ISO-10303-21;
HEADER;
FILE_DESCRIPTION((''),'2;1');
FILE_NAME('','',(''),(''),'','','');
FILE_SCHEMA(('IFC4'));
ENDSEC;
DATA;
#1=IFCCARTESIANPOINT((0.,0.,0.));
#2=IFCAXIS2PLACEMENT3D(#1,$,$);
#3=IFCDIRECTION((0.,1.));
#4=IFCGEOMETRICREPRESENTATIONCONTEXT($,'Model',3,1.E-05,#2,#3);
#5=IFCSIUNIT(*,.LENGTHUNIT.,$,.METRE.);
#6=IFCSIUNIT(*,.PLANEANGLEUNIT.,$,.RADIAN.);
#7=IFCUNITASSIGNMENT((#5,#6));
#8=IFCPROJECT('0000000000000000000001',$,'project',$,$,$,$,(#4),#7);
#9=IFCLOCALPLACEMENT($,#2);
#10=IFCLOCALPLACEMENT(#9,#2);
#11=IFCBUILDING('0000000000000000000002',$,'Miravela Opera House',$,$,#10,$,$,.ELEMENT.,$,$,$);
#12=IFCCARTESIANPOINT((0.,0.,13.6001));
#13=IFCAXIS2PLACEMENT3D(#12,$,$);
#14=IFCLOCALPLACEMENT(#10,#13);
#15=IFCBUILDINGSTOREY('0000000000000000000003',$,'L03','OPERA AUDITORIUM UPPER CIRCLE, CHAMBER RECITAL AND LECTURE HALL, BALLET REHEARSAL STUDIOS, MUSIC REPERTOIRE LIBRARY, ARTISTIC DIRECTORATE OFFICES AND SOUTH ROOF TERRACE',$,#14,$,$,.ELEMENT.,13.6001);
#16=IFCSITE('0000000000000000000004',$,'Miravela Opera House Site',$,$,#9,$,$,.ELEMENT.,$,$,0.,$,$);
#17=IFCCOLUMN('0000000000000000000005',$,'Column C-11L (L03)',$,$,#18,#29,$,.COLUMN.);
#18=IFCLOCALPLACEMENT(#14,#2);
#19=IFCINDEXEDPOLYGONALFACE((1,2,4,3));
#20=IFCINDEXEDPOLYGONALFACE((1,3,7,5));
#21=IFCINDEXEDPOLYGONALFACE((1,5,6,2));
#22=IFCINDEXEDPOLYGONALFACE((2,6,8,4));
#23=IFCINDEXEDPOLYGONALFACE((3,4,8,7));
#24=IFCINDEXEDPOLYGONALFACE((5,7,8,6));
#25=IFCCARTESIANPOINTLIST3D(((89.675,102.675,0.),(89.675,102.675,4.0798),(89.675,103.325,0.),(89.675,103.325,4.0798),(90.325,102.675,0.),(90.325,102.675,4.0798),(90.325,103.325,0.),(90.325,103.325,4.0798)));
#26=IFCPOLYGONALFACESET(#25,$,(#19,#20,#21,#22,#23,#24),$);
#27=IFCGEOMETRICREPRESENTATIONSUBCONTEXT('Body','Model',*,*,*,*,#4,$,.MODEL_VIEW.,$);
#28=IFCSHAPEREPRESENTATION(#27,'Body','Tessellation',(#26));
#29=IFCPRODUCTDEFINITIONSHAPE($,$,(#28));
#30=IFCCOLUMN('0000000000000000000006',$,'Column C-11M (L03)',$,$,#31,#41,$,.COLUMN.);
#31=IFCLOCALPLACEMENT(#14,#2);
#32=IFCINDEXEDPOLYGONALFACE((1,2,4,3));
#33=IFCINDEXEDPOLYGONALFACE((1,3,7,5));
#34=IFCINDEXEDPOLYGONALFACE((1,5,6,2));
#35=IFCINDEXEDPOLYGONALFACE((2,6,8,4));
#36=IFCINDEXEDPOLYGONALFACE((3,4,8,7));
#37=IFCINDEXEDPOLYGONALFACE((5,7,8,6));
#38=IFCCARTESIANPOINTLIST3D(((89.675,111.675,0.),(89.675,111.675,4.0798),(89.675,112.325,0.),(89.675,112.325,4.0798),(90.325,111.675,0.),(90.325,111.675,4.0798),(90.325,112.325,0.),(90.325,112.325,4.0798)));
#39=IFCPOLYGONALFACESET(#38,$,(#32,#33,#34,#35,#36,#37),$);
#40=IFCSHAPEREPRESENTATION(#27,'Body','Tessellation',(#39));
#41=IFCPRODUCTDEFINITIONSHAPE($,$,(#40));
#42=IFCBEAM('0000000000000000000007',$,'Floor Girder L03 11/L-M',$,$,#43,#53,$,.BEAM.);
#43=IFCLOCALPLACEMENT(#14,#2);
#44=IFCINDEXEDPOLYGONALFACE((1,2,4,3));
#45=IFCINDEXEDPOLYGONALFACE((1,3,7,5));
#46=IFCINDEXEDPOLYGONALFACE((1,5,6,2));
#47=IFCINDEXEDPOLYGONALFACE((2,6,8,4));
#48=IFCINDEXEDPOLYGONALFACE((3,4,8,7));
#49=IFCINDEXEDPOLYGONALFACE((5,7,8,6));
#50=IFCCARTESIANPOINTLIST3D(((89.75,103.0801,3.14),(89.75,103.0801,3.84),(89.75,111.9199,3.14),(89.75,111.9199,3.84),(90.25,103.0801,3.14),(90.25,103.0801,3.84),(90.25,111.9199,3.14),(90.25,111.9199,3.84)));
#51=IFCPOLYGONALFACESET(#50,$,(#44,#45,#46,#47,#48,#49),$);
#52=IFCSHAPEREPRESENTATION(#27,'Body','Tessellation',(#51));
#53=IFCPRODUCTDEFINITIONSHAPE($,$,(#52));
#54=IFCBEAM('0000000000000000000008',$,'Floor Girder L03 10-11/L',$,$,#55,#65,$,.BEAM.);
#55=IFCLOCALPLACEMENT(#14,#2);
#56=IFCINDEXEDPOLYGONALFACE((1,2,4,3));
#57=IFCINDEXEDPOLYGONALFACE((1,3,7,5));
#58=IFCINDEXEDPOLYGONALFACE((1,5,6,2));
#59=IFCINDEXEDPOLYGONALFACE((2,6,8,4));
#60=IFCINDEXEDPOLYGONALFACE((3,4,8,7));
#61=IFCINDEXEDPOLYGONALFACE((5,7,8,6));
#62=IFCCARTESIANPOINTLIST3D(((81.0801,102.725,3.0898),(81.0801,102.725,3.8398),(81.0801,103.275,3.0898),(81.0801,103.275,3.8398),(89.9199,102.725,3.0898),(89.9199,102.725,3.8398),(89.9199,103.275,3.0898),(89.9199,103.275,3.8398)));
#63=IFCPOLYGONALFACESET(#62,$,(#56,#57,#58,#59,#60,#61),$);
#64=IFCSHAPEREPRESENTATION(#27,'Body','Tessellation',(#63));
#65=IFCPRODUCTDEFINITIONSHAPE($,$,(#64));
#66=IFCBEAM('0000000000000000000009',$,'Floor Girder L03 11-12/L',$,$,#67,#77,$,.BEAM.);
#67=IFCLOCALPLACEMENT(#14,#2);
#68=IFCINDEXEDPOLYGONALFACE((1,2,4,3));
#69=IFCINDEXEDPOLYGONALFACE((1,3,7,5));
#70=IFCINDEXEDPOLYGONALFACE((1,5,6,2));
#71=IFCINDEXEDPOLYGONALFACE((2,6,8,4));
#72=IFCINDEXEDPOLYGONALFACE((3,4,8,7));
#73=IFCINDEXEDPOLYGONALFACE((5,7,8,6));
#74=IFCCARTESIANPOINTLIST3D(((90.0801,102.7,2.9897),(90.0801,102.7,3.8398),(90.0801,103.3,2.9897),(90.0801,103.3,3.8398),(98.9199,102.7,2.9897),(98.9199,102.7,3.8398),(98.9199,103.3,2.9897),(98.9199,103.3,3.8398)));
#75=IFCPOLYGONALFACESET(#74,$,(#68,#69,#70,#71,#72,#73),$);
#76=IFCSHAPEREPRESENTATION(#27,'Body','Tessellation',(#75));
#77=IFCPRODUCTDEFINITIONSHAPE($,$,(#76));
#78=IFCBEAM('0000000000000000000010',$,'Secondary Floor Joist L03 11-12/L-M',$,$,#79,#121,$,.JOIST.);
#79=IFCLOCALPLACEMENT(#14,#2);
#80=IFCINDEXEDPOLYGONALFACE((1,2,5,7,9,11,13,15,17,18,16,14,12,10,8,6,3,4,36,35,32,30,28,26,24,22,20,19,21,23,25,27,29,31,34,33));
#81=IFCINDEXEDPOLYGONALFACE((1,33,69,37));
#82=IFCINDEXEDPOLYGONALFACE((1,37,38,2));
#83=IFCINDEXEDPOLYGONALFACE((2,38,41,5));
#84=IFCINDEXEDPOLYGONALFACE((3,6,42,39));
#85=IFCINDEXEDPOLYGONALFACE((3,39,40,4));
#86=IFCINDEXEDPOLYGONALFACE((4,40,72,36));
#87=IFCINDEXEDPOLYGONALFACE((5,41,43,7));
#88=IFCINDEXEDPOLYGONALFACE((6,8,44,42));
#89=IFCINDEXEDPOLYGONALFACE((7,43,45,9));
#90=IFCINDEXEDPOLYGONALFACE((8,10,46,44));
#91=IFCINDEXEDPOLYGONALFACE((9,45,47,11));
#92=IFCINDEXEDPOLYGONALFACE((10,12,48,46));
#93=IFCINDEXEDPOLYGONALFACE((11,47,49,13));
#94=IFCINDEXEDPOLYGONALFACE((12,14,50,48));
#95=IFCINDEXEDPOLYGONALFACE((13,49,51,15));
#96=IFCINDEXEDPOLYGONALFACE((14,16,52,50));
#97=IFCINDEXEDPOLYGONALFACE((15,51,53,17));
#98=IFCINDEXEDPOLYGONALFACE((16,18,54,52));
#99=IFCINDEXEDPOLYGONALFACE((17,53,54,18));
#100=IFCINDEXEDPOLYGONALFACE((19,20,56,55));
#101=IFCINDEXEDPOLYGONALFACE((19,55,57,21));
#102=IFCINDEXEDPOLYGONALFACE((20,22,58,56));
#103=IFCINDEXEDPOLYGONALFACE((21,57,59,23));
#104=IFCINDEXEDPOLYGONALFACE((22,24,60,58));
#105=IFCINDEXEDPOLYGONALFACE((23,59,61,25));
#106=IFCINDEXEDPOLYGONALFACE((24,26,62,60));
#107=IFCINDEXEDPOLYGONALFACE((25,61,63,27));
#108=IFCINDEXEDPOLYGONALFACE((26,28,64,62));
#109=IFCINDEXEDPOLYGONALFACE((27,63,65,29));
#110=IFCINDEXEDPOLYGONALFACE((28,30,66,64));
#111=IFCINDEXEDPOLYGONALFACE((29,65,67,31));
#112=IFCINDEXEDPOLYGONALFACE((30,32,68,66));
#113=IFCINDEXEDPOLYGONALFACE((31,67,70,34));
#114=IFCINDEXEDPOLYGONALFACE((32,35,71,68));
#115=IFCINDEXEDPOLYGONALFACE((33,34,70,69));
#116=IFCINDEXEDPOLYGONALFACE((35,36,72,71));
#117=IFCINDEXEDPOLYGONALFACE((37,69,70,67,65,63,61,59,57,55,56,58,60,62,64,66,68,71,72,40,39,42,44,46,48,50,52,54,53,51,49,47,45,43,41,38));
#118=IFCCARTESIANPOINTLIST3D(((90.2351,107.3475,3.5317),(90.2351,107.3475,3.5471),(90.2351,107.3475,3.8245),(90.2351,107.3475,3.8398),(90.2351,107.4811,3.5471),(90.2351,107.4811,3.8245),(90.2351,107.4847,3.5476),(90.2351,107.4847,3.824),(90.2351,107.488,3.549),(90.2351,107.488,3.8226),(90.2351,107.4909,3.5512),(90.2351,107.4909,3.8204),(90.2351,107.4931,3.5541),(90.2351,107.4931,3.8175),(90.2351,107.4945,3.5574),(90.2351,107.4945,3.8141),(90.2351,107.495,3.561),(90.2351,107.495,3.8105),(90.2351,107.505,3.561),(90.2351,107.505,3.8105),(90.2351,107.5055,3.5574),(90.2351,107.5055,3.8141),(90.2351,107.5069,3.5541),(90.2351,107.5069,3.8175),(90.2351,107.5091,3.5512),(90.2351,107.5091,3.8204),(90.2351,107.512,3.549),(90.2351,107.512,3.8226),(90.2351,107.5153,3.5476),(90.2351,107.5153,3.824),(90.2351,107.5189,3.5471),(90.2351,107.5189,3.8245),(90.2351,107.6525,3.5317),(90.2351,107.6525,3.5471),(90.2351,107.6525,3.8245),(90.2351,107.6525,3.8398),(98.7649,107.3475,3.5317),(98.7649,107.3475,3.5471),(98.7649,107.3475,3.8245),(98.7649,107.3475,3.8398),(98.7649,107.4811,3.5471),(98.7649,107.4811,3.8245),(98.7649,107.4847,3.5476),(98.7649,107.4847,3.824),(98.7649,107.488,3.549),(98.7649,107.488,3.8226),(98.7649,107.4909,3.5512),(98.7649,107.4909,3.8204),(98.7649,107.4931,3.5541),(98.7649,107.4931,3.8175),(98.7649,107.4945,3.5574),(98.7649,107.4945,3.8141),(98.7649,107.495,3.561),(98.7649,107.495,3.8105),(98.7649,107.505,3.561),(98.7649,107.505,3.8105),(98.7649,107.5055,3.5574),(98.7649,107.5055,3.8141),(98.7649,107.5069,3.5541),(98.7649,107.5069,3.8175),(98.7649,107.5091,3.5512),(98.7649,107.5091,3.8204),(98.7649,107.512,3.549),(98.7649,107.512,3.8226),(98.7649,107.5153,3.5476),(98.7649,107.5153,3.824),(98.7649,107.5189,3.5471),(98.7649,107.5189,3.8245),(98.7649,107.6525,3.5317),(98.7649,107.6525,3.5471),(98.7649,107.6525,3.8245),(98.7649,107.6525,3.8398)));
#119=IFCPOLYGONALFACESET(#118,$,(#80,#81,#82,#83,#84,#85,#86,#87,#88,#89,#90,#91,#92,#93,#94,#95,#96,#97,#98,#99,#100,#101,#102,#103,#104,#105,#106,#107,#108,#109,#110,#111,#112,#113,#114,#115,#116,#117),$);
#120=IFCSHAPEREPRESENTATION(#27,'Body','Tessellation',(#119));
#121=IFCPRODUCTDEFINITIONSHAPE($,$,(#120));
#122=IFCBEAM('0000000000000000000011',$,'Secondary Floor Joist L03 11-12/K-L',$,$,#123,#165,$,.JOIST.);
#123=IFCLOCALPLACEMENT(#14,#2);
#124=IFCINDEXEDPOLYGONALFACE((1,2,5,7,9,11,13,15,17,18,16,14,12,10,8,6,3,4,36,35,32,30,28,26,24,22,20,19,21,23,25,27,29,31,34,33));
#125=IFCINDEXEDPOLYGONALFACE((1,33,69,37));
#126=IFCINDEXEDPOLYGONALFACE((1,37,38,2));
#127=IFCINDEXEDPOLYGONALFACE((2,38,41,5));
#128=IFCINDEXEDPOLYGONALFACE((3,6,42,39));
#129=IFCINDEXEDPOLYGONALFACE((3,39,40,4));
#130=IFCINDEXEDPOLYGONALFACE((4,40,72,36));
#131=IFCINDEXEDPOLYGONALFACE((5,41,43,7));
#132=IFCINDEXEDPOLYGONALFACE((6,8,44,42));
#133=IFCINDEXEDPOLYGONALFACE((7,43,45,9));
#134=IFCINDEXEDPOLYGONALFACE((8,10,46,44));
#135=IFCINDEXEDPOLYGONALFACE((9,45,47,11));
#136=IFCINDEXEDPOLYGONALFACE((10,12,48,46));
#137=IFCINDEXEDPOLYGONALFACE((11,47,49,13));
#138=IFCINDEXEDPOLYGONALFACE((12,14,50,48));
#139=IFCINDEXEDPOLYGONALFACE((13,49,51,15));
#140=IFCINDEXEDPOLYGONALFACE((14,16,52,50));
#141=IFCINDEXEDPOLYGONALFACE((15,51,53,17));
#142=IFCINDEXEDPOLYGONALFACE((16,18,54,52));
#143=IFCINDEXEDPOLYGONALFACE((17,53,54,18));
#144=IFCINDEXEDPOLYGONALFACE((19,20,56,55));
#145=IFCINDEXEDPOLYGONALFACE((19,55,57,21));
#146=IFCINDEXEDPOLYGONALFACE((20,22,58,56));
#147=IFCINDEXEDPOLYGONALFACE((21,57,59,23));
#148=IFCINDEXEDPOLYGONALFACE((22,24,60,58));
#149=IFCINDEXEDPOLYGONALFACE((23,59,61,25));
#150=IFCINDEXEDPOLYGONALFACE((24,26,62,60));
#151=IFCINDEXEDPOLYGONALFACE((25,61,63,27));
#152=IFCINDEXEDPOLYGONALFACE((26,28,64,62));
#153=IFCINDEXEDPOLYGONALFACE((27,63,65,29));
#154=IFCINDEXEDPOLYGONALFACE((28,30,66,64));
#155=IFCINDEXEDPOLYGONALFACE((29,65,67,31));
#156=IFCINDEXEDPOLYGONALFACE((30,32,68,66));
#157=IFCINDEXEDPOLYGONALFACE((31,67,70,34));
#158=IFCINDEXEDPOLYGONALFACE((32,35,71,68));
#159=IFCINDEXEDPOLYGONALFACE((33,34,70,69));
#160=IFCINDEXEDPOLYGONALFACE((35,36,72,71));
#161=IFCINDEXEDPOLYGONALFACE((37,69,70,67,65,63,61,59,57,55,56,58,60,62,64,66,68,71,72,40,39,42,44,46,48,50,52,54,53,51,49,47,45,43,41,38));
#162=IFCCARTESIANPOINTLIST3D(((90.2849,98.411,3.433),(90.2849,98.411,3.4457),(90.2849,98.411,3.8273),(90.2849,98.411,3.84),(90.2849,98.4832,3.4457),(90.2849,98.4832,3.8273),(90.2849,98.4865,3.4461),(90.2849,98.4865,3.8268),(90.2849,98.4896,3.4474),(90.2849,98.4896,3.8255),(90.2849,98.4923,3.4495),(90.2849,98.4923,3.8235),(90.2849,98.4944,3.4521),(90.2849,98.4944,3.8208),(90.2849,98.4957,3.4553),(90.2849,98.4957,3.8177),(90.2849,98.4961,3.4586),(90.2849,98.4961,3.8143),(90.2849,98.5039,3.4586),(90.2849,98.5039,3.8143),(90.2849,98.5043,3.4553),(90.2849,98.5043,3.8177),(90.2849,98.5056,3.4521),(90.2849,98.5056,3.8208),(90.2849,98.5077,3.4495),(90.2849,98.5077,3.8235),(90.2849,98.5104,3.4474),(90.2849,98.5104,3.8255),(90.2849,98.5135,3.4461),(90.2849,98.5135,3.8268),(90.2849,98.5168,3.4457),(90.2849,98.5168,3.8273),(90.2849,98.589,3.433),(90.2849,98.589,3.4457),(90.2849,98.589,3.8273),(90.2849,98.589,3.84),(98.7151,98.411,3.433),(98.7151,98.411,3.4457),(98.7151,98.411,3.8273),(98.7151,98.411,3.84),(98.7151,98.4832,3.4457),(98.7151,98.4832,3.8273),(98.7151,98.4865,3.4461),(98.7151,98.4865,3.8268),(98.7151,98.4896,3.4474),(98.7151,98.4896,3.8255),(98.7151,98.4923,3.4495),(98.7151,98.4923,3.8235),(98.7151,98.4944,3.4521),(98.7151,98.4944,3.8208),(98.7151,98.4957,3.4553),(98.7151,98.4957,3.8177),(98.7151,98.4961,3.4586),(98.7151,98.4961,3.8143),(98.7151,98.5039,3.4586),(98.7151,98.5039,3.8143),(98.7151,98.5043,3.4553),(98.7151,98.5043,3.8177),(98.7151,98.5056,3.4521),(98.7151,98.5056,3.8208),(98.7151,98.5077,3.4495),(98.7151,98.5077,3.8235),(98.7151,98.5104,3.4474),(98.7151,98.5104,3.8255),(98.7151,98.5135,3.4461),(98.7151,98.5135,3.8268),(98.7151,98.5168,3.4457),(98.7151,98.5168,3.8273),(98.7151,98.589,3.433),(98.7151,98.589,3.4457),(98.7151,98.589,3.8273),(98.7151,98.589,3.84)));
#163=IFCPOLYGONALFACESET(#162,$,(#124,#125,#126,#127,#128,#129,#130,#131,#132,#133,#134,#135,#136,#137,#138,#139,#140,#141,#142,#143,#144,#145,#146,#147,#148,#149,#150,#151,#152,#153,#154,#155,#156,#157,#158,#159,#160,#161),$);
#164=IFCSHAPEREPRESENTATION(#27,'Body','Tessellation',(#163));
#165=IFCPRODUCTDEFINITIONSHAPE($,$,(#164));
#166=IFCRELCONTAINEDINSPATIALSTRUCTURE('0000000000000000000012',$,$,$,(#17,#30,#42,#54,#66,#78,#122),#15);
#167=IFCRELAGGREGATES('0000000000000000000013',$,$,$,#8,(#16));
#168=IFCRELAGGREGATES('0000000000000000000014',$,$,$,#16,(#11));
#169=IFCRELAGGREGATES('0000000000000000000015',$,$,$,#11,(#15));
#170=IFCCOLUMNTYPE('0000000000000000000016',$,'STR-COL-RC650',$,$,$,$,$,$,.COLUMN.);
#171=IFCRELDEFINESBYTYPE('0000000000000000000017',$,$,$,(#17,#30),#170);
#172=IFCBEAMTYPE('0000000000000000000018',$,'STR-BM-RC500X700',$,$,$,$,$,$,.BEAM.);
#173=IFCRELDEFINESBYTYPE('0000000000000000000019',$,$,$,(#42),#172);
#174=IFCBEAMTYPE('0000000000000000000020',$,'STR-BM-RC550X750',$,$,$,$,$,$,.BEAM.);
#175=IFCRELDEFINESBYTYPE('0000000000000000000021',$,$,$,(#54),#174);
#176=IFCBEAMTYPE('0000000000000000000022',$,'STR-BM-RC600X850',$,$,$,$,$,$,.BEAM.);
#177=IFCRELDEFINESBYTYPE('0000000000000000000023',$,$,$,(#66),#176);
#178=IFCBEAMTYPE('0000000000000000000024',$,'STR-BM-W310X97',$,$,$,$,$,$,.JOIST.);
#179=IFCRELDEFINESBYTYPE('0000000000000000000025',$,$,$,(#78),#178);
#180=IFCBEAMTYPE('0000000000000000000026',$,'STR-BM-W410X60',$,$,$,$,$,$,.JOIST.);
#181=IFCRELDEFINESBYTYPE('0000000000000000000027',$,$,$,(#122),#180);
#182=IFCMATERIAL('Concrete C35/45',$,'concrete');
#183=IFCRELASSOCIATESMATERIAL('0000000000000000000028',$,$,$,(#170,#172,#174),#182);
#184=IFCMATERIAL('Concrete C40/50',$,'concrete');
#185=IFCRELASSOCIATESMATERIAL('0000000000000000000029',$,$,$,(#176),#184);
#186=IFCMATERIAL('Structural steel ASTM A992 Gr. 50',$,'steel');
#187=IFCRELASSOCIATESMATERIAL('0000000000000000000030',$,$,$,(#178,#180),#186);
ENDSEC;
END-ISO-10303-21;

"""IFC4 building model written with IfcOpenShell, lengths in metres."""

from ifc_helpers import new_model, si_unit, direction, frame, origin, origin_2d, place, context, subcontext, project, spatial, rectangle, i_section, extrude, material, material_profile, profile_set, type_object, element, save


model = new_model("IFC4")

# Units and contexts
model_context = context("Model", 3, precision=1e-05, world=origin(), true_north=direction((0.0, 1.0)))
body_context = subcontext(model_context, "Body", "Model", "MODEL_VIEW")
ifc_project = project(units=[si_unit("LENGTHUNIT", "METRE"), si_unit("PLANEANGLEUNIT", "RADIAN")], contexts=[model_context])

# Site, building, storey
site_placement = place(None, origin())
site = spatial("IfcSite", under=ifc_project, at=site_placement, Name="Miravela Opera House Site", CompositionType="ELEMENT", RefElevation=0.0)
building_placement = place(site_placement, origin())
building = spatial("IfcBuilding", under=site, at=building_placement, Name="Miravela Opera House", CompositionType="ELEMENT")
storey_placement = place(building_placement, frame((0.0, 0.0, 13.6001)))
storey = spatial("IfcBuildingStorey", under=building, at=storey_placement, Name="L03", Description="OPERA AUDITORIUM UPPER CIRCLE, CHAMBER RECITAL AND LECTURE HALL, BALLET REHEARSAL STUDIOS, MUSIC REPERTOIRE LIBRARY, ARTISTIC DIRECTORATE OFFICES AND SOUTH ROOF TERRACE", CompositionType="ELEMENT", Elevation=13.6001)

# Columns
ifc_material_1 = material(Name="Concrete C35/45", Category="concrete")
ifc_material_profile_1 = material_profile(ifc_material_1, rectangle(XDim=0.6499, YDim=0.6499, at=origin_2d()), Name="RC-COL-650X650")
ifc_profile_set_1 = profile_set([ifc_material_profile_1])
column_type = type_object("IfcColumnType", Name="STR-COL-RC650", PredefinedType="COLUMN", material=ifc_profile_set_1)
for number, where, z_axis, x_axis, name in (
    (1, (90.0, 103.0, 0.0), (0.0, 0.0, 1.0), (1.0, 0.0, 0.0), "Column C-11L (L03)"),
    (2, (90.0, 112.0, 0.0), (0.0, 0.0, 1.0), (1.0, 0.0, 0.0), "Column C-11M (L03)"),
):
    element("IfcColumn", number, at=place(storey_placement, frame(where, z_axis=z_axis, x_axis=x_axis)), inside=storey, type_object=column_type, Name=name, PredefinedType="COLUMN", context=body_context, shape_type="SweptSolid", body=[
        extrude(rectangle(XDim=0.6499, YDim=0.6499, at=origin_2d()), origin(), (0.0, 0.0, 1.0), 4.0798),
    ])

# Beams
ifc_material_profile_2 = material_profile(ifc_material_1, rectangle(XDim=0.5, YDim=0.7, at=origin_2d()), Name="RC-BM-500X700")
ifc_profile_set_2 = profile_set([ifc_material_profile_2])
beam_type_1 = type_object("IfcBeamType", Name="STR-BM-RC500X700", PredefinedType="BEAM", material=ifc_profile_set_2)
beam_1_placement = place(storey_placement, frame((90.0, 103.0801, 3.49), z_axis=(0.0, 1.0, 0.0), x_axis=(-1.0, 0.0, 0.0)))
element("IfcBeam", 3, at=beam_1_placement, inside=storey, type_object=beam_type_1, Name="Floor Girder L03 11/L-M", PredefinedType="BEAM", context=body_context, shape_type="SweptSolid", body=[
    extrude(rectangle(XDim=0.5, YDim=0.7, at=origin_2d()), origin(), (0.0, 0.0, 1.0), 8.8398),
])
ifc_material_profile_3 = material_profile(ifc_material_1, rectangle(XDim=0.55, YDim=0.75, at=origin_2d()), Name="RC-BM-550X750")
ifc_profile_set_3 = profile_set([ifc_material_profile_3])
beam_type_2 = type_object("IfcBeamType", Name="STR-BM-RC550X750", PredefinedType="BEAM", material=ifc_profile_set_3)
beam_2_placement = place(storey_placement, frame((81.0801, 103.0, 3.4648), z_axis=(1.0, 0.0, 0.0), x_axis=(0.0, 1.0, 0.0)))
element("IfcBeam", 4, at=beam_2_placement, inside=storey, type_object=beam_type_2, Name="Floor Girder L03 10-11/L", PredefinedType="BEAM", context=body_context, shape_type="SweptSolid", body=[
    extrude(rectangle(XDim=0.55, YDim=0.75, at=origin_2d()), origin(), (0.0, 0.0, 1.0), 8.8398),
])
ifc_material_2 = material(Name="Concrete C40/50", Category="concrete")
ifc_material_profile_4 = material_profile(ifc_material_2, rectangle(XDim=0.6001, YDim=0.8501, at=origin_2d()), Name="RC-BM-600X850")
ifc_profile_set_4 = profile_set([ifc_material_profile_4])
beam_type_3 = type_object("IfcBeamType", Name="STR-BM-RC600X850", PredefinedType="BEAM", material=ifc_profile_set_4)
beam_3_placement = place(storey_placement, frame((90.0801, 103.0, 3.4148), z_axis=(1.0, 0.0, 0.0), x_axis=(0.0, 1.0, 0.0)))
element("IfcBeam", 5, at=beam_3_placement, inside=storey, type_object=beam_type_3, Name="Floor Girder L03 11-12/L", PredefinedType="BEAM", context=body_context, shape_type="SweptSolid", body=[
    extrude(rectangle(XDim=0.6001, YDim=0.8501, at=origin_2d()), origin(), (0.0, 0.0, 1.0), 8.8398),
])
ifc_material_3 = material(Name="Structural steel ASTM A992 Gr. 50", Category="steel")
ifc_material_profile_5 = material_profile(ifc_material_3, i_section(OverallWidth=0.3049, OverallDepth=0.3081, WebThickness=0.01, FlangeThickness=0.0154, FilletRadius=0.0139, at=origin_2d()), Name="W310X97")
ifc_profile_set_5 = profile_set([ifc_material_profile_5])
beam_type_4 = type_object("IfcBeamType", Name="STR-BM-W310X97", PredefinedType="JOIST", material=ifc_profile_set_5)
beam_4_placement = place(storey_placement, frame((90.2351, 107.5, 3.6858), z_axis=(1.0, 0.0, 0.0), x_axis=(0.0, 1.0, 0.0)))
element("IfcBeam", 6, at=beam_4_placement, inside=storey, type_object=beam_type_4, Name="Secondary Floor Joist L03 11-12/L-M", PredefinedType="JOIST", context=body_context, shape_type="SweptSolid", body=[
    extrude(i_section(OverallWidth=0.3049, OverallDepth=0.3081, WebThickness=0.01, FlangeThickness=0.0154, FilletRadius=0.0139, at=origin_2d()), origin(), (0.0, 0.0, 1.0), 8.5298),
])
ifc_material_profile_6 = material_profile(ifc_material_3, i_section(OverallWidth=0.178, OverallDepth=0.407, WebThickness=0.0078, FlangeThickness=0.0127, FilletRadius=0.0129, at=origin_2d()), Name="W410X60")
ifc_profile_set_6 = profile_set([ifc_material_profile_6])
beam_type_5 = type_object("IfcBeamType", Name="STR-BM-W410X60", PredefinedType="JOIST", material=ifc_profile_set_6)
beam_5_placement = place(storey_placement, frame((90.2849, 98.5, 3.6365), z_axis=(1.0, 0.0, 0.0), x_axis=(0.0, 1.0, 0.0)))
element("IfcBeam", 7, at=beam_5_placement, inside=storey, type_object=beam_type_5, Name="Secondary Floor Joist L03 11-12/K-L", PredefinedType="JOIST", context=body_context, shape_type="SweptSolid", body=[
    extrude(i_section(OverallWidth=0.178, OverallDepth=0.407, WebThickness=0.0078, FlangeThickness=0.0127, FilletRadius=0.0129, at=origin_2d()), origin(), (0.0, 0.0, 1.0), 8.4302),
])

save(model, "model.ifc")
